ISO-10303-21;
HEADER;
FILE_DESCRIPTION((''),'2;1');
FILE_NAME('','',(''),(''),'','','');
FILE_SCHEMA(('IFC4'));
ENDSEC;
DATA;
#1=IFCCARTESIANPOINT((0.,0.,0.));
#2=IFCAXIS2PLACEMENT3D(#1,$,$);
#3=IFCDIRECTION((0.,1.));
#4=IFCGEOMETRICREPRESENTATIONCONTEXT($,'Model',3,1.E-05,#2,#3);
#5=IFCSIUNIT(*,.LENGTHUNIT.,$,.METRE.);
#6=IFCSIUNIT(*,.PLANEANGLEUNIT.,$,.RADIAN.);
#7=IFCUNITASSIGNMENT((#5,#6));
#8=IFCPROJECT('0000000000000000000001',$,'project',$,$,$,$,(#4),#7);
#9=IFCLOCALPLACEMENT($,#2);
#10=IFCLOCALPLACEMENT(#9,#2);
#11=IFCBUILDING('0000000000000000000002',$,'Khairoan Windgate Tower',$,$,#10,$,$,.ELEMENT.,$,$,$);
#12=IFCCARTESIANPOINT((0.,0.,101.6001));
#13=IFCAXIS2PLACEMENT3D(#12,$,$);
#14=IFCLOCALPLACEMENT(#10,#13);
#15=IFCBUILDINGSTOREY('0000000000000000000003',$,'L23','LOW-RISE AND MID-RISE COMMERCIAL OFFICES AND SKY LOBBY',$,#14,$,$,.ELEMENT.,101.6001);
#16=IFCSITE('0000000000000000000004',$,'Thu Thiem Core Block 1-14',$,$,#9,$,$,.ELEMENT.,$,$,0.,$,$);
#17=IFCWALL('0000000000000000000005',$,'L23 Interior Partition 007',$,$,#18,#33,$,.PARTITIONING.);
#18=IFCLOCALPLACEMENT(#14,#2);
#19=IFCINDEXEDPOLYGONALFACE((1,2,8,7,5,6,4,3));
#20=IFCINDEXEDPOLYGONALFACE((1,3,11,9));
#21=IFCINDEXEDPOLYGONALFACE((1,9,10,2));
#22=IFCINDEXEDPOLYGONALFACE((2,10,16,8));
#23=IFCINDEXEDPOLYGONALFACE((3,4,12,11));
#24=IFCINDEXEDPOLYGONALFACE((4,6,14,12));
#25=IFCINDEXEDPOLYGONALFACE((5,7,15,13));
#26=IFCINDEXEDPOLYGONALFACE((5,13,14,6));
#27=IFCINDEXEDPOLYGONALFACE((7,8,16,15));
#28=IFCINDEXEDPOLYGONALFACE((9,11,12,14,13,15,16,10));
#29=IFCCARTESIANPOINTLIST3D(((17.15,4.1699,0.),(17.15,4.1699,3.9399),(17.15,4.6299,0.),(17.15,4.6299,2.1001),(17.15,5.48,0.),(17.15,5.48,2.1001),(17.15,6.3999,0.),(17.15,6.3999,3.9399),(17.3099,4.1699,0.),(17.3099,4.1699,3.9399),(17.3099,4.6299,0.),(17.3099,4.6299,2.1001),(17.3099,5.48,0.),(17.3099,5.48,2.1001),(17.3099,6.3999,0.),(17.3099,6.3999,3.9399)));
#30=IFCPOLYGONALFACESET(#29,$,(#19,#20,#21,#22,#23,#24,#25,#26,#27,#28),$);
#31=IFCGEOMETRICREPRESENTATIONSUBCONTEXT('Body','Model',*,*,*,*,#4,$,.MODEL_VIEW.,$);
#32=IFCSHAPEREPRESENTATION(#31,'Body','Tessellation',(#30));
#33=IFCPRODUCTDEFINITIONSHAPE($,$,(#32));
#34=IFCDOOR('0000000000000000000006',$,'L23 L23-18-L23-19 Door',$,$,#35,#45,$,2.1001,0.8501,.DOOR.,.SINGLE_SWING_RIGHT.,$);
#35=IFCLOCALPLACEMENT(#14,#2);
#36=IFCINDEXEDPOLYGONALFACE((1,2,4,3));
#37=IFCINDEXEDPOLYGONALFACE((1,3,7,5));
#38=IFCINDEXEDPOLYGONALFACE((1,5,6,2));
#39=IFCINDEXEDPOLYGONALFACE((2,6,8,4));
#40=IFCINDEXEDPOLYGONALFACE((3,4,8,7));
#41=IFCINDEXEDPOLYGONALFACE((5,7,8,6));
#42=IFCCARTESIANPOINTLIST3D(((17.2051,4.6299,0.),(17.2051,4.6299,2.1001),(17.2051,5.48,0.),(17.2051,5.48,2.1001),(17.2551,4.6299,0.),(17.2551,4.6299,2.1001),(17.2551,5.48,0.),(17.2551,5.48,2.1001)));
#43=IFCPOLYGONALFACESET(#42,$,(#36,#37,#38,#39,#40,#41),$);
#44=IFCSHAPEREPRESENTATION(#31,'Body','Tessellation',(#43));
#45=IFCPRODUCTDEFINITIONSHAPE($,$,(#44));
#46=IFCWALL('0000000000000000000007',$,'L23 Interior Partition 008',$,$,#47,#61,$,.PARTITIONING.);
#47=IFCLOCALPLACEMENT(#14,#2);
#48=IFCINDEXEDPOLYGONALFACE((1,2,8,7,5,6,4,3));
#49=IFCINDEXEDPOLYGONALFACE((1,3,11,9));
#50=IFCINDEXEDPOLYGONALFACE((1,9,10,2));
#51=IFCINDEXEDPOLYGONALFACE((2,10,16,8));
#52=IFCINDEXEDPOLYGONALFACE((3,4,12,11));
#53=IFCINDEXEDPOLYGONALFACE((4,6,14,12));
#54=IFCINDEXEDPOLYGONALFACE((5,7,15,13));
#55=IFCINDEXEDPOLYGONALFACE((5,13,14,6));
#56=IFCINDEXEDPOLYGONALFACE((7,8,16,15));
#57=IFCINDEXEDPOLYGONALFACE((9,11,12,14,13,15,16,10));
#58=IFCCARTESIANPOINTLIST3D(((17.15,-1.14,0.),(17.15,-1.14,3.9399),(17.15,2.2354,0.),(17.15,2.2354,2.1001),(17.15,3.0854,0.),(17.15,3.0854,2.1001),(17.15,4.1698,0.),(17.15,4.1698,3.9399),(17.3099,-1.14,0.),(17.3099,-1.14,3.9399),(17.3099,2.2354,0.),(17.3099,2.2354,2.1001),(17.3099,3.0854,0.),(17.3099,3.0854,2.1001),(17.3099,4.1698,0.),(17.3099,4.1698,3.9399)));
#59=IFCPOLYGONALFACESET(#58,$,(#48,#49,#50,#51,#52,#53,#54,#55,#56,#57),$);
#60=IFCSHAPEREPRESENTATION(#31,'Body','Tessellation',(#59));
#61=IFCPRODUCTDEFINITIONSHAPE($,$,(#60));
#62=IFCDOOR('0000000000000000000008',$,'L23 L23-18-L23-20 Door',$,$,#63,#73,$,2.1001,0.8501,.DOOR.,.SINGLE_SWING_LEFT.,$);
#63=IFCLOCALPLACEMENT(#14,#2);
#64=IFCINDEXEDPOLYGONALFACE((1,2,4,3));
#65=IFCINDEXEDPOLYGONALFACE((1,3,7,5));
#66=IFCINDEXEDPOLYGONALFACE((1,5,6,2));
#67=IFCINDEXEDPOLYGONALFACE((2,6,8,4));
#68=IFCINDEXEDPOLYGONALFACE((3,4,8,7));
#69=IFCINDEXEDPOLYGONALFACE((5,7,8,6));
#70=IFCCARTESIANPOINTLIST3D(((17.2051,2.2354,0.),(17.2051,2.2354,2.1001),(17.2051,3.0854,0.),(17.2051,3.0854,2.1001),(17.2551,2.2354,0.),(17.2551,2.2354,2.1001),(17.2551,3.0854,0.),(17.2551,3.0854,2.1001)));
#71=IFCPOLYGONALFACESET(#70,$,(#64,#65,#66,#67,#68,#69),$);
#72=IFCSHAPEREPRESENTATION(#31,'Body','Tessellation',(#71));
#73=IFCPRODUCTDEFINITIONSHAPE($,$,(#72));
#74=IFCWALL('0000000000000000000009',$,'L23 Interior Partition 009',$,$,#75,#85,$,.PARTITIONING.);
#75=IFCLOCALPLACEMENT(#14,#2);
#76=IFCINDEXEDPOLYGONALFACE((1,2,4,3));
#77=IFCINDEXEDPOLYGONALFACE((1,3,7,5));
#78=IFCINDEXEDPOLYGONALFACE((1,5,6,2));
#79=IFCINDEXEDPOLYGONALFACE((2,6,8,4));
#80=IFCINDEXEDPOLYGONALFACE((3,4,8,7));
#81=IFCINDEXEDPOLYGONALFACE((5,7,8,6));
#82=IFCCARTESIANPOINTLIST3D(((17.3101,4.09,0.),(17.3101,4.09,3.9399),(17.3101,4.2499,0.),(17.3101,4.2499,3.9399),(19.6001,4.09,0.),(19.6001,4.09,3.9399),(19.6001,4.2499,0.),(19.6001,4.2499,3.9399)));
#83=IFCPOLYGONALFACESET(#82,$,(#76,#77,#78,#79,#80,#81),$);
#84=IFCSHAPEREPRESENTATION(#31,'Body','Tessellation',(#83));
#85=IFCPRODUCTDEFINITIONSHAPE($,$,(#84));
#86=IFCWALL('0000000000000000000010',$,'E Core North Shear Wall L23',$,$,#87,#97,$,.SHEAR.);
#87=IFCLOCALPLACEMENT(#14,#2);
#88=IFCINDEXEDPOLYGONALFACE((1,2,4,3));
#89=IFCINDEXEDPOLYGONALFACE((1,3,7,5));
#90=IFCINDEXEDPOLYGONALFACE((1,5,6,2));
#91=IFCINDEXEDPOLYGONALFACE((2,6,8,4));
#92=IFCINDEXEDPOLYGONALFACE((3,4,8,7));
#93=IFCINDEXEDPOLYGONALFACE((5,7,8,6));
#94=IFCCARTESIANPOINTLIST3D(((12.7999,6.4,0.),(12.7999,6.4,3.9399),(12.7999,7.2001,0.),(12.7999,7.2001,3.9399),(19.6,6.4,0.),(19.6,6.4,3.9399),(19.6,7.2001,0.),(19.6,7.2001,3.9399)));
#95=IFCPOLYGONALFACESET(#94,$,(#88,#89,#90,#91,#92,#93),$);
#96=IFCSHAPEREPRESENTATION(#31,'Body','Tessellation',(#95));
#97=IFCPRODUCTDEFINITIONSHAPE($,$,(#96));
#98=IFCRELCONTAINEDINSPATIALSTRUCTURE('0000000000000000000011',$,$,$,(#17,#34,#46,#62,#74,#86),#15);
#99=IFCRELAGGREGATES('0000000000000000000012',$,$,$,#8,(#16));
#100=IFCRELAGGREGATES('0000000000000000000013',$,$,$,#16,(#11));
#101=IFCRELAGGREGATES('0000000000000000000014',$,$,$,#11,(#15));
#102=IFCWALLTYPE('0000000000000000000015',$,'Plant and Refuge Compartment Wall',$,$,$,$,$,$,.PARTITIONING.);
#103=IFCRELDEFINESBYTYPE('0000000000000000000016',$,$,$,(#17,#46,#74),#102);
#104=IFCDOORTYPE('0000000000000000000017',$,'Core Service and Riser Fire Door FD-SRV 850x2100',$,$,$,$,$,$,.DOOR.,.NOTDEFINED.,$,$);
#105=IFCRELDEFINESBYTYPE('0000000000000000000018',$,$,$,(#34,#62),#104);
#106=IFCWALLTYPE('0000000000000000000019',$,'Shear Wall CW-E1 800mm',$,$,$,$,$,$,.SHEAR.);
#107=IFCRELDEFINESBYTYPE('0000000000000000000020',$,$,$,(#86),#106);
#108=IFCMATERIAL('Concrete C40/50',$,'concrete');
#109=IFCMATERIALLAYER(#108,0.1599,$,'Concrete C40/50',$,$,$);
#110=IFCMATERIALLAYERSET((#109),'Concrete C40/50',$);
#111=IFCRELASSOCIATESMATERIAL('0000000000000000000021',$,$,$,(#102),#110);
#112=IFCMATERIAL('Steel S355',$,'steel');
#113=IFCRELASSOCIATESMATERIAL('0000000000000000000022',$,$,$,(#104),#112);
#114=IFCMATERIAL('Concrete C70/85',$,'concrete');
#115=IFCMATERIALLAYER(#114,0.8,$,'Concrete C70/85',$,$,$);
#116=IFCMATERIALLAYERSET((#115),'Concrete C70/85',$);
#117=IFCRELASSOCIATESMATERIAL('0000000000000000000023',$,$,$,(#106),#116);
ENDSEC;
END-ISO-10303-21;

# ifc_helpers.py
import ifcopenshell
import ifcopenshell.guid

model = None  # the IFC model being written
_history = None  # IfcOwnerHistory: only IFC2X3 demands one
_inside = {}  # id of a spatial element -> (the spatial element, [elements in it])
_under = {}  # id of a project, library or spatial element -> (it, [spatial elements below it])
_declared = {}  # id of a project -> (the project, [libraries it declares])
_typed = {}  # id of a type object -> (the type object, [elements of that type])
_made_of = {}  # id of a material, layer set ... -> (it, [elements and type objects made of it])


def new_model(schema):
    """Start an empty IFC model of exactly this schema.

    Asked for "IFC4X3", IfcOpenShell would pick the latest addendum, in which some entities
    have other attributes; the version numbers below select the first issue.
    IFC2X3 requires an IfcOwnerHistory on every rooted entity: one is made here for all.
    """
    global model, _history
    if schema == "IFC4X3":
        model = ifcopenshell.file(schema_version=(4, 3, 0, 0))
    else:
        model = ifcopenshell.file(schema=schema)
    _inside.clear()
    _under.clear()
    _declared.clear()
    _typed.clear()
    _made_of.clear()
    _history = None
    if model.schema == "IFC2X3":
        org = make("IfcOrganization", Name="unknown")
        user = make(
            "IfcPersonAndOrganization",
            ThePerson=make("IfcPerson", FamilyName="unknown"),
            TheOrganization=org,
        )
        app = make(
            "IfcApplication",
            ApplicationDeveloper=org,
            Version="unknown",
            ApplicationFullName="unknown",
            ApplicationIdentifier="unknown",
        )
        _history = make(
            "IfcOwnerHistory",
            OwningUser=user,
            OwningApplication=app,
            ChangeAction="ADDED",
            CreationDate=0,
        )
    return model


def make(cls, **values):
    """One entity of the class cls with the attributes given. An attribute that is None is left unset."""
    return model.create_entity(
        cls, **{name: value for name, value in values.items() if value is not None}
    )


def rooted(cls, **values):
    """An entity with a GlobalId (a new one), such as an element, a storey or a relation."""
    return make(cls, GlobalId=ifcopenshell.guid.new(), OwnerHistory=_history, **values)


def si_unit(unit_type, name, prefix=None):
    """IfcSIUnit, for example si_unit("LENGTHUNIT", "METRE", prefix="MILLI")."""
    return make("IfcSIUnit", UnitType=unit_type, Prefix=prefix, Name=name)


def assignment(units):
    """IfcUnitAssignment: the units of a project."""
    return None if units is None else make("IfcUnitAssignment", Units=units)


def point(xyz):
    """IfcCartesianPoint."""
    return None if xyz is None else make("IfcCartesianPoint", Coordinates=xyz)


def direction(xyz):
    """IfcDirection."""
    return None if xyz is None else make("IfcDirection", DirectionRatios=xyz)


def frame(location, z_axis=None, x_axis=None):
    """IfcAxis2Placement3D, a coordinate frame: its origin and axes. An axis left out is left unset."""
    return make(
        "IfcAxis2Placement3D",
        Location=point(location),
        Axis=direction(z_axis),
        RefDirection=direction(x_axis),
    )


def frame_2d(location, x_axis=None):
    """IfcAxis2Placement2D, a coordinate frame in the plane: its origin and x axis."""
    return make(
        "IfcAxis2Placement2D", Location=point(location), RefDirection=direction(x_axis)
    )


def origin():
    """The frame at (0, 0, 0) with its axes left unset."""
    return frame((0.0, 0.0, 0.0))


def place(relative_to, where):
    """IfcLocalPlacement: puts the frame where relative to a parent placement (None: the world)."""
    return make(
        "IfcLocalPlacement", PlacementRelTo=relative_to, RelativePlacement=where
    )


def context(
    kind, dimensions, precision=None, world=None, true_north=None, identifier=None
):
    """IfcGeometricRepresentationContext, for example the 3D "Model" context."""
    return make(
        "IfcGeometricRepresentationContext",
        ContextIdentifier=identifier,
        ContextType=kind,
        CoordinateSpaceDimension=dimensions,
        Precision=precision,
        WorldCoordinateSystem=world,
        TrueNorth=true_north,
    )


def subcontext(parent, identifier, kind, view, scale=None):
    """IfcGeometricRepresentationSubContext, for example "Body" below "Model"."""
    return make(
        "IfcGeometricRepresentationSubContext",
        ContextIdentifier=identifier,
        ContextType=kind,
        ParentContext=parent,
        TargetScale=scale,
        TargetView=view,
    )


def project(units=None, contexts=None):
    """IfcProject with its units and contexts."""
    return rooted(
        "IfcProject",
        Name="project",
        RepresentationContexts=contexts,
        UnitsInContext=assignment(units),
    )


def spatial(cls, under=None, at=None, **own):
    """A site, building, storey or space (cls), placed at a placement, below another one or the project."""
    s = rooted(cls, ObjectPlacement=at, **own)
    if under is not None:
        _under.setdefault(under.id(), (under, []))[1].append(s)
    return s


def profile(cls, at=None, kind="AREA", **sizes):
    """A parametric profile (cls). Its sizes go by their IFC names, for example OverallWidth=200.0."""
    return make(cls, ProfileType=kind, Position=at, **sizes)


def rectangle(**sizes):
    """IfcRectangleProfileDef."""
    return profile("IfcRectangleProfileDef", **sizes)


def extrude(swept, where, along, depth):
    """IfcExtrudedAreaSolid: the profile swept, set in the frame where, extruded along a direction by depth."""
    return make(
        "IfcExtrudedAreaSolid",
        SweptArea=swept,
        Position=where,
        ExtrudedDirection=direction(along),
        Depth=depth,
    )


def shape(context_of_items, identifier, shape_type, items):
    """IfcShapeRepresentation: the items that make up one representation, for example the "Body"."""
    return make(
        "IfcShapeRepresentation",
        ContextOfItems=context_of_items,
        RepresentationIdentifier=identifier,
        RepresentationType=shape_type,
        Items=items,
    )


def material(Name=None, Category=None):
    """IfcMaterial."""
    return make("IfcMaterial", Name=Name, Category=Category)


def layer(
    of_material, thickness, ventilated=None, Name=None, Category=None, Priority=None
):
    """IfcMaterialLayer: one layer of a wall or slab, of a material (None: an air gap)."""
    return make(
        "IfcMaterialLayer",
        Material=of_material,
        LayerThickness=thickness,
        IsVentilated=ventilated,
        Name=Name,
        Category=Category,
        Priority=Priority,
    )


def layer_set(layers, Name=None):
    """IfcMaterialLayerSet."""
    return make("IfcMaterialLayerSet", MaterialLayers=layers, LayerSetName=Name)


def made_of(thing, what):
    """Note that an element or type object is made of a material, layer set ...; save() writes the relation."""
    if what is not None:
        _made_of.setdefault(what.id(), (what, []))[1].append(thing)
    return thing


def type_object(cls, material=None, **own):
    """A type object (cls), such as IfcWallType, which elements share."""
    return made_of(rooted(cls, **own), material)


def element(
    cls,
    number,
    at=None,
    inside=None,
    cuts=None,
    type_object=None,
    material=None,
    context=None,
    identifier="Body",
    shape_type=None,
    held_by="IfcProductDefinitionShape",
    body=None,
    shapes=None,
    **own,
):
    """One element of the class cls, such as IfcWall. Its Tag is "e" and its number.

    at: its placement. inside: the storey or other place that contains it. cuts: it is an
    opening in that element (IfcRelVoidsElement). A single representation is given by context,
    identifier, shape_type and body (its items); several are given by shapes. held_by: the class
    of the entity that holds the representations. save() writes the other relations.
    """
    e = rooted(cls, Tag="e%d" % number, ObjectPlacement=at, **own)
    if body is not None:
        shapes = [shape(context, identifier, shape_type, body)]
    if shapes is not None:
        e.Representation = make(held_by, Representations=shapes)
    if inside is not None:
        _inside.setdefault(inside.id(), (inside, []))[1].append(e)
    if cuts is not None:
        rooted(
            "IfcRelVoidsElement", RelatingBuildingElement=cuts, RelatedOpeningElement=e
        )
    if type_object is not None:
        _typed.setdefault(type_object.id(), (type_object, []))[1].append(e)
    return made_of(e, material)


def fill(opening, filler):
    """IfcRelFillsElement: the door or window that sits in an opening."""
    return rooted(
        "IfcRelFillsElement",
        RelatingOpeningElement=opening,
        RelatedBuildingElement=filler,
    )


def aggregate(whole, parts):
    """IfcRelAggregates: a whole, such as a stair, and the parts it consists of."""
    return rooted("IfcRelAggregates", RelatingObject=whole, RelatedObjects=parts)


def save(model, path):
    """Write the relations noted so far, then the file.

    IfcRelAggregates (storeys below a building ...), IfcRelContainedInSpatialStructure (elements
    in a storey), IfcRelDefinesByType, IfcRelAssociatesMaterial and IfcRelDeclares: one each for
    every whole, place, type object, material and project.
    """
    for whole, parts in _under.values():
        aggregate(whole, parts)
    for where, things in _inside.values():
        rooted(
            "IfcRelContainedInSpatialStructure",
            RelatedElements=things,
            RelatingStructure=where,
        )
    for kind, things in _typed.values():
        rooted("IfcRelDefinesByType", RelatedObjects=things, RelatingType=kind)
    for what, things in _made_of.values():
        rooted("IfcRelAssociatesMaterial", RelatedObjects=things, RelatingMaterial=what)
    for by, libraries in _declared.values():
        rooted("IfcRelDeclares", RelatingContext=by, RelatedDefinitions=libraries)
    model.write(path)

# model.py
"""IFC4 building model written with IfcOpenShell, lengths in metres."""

from ifc_helpers import new_model, si_unit, direction, frame, frame_2d, origin, place, context, subcontext, project, spatial, rectangle, extrude, material, layer, layer_set, type_object, element, fill, save


model = new_model("IFC4")

# Units and contexts
model_context = context("Model", 3, precision=1e-05, world=origin(), true_north=direction((0.0, 1.0)))
body_context = subcontext(model_context, "Body", "Model", "MODEL_VIEW")
ifc_project = project(units=[si_unit("LENGTHUNIT", "METRE"), si_unit("PLANEANGLEUNIT", "RADIAN")], contexts=[model_context])

# Site, building, storey
site_placement = place(None, origin())
site = spatial("IfcSite", under=ifc_project, at=site_placement, Name="Thu Thiem Core Block 1-14", CompositionType="ELEMENT", RefElevation=0.0)
building_placement = place(site_placement, origin())
building = spatial("IfcBuilding", under=site, at=building_placement, Name="Khairoan Windgate Tower", CompositionType="ELEMENT")
storey_placement = place(building_placement, frame((0.0, 0.0, 101.6001)))
storey = spatial("IfcBuildingStorey", under=building, at=storey_placement, Name="L23", Description="LOW-RISE AND MID-RISE COMMERCIAL OFFICES AND SKY LOBBY", CompositionType="ELEMENT", Elevation=101.6001)

# Walls, openings, doors
ifc_material_1 = material(Name="Concrete C40/50", Category="concrete")
ifc_layer_1 = layer(ifc_material_1, 0.1599, Name="Concrete C40/50")
ifc_layer_set_1 = layer_set([ifc_layer_1], Name="Concrete C40/50")
wall_type_1 = type_object("IfcWallType", Name="Plant and Refuge Compartment Wall", PredefinedType="PARTITIONING", material=ifc_layer_set_1)
wall_1_placement = place(storey_placement, frame((17.23, 4.1699, 0.0), z_axis=(0.0, 0.0, 1.0), x_axis=(0.0, 1.0, 0.0)))
wall_1 = element("IfcWall", 1, at=wall_1_placement, inside=storey, type_object=wall_type_1, Name="L23 Interior Partition 007", PredefinedType="PARTITIONING", context=body_context, shape_type="SweptSolid", body=[
    extrude(rectangle(XDim=2.23, YDim=0.1599, at=frame_2d((1.115, 0.0))), origin(), (0.0, 0.0, 1.0), 3.9399),
])
opening_1_placement = place(wall_1_placement, frame((0.46, 0.0, 0.0)))
opening_1 = element("IfcOpeningElement", 2, at=opening_1_placement, cuts=wall_1, PredefinedType="OPENING", context=body_context, shape_type="SweptSolid", body=[
    extrude(rectangle(XDim=0.8501, YDim=2.1001, at=frame_2d((0.425, 1.05))), frame((0.0, 0.0898, 0.0), z_axis=(0.0, -1.0, 0.0), x_axis=(1.0, 0.0, 0.0)), (0.0, 0.0, 1.0), 0.1799),
])
ifc_material_2 = material(Name="Steel S355", Category="steel")
door_type = type_object("IfcDoorType", Name="Core Service and Riser Fire Door FD-SRV 850x2100", OperationType="NOTDEFINED", PredefinedType="DOOR", material=ifc_material_2)
door_1_placement = place(opening_1_placement, origin())
door_1 = element("IfcDoor", 3, at=door_1_placement, inside=storey, type_object=door_type, Name="L23 L23-18-L23-19 Door", OperationType="SINGLE_SWING_RIGHT", OverallHeight=2.1001, OverallWidth=0.8501, PredefinedType="DOOR", context=body_context, shape_type="SweptSolid", body=[
    extrude(rectangle(XDim=0.8501, YDim=2.1001, at=frame_2d((0.425, 1.05))), frame((0.0, 0.0249, 0.0), z_axis=(0.0, -1.0, 0.0), x_axis=(1.0, 0.0, 0.0)), (0.0, 0.0, 1.0), 0.05),
])
fill(opening_1, door_1)
wall_2_placement = place(storey_placement, frame((17.23, -1.1399, 0.0), z_axis=(0.0, 0.0, 1.0), x_axis=(0.0, 1.0, 0.0)))
wall_2 = element("IfcWall", 4, at=wall_2_placement, inside=storey, type_object=wall_type_1, Name="L23 Interior Partition 008", PredefinedType="PARTITIONING", context=body_context, shape_type="SweptSolid", body=[
    extrude(rectangle(XDim=5.3098, YDim=0.1599, at=frame_2d((2.6548, 0.0))), origin(), (0.0, 0.0, 1.0), 3.9399),
])
opening_2_placement = place(wall_2_placement, frame((3.3752, 0.0, 0.0)))
opening_2 = element("IfcOpeningElement", 5, at=opening_2_placement, cuts=wall_2, PredefinedType="OPENING", context=body_context, shape_type="SweptSolid", body=[
    extrude(rectangle(XDim=0.8501, YDim=2.1001, at=frame_2d((0.425, 1.05))), frame((0.0, 0.0898, 0.0), z_axis=(0.0, -1.0, 0.0), x_axis=(1.0, 0.0, 0.0)), (0.0, 0.0, 1.0), 0.1799),
])
door_2_placement = place(opening_2_placement, origin())
door_2 = element("IfcDoor", 6, at=door_2_placement, inside=storey, type_object=door_type, Name="L23 L23-18-L23-20 Door", OperationType="SINGLE_SWING_LEFT", OverallHeight=2.1001, OverallWidth=0.8501, PredefinedType="DOOR", context=body_context, shape_type="SweptSolid", body=[
    extrude(rectangle(XDim=0.8501, YDim=2.1001, at=frame_2d((0.425, 1.05))), frame((0.0, 0.0249, 0.0), z_axis=(0.0, -1.0, 0.0), x_axis=(1.0, 0.0, 0.0)), (0.0, 0.0, 1.0), 0.05),
])
fill(opening_2, door_2)

# Walls
wall_3_placement = place(storey_placement, frame((17.3101, 4.1699, 0.0), z_axis=(0.0, 0.0, 1.0), x_axis=(1.0, 0.0, 0.0)))
element("IfcWall", 7, at=wall_3_placement, inside=storey, type_object=wall_type_1, Name="L23 Interior Partition 009", PredefinedType="PARTITIONING", context=body_context, shape_type="SweptSolid", body=[
    extrude(rectangle(XDim=2.29, YDim=0.1599, at=frame_2d((1.145, 0.0))), origin(), (0.0, 0.0, 1.0), 3.9399),
])
ifc_material_3 = material(Name="Concrete C70/85", Category="concrete")
ifc_layer_2 = layer(ifc_material_3, 0.8, Name="Concrete C70/85")
ifc_layer_set_2 = layer_set([ifc_layer_2], Name="Concrete C70/85")
wall_type_2 = type_object("IfcWallType", Name="Shear Wall CW-E1 800mm", PredefinedType="SHEAR", material=ifc_layer_set_2)
wall_4_placement = place(storey_placement, frame((12.8, 6.8, 0.0), z_axis=(0.0, 0.0, 1.0), x_axis=(1.0, 0.0, 0.0)))
element("IfcWall", 8, at=wall_4_placement, inside=storey, type_object=wall_type_2, Name="E Core North Shear Wall L23", PredefinedType="SHEAR", context=body_context, shape_type="SweptSolid", body=[
    extrude(rectangle(XDim=6.8, YDim=0.8, at=frame_2d((3.3999, 0.0))), origin(), (0.0, 0.0, 1.0), 3.9399),
])

save(model, "model.ifc")
